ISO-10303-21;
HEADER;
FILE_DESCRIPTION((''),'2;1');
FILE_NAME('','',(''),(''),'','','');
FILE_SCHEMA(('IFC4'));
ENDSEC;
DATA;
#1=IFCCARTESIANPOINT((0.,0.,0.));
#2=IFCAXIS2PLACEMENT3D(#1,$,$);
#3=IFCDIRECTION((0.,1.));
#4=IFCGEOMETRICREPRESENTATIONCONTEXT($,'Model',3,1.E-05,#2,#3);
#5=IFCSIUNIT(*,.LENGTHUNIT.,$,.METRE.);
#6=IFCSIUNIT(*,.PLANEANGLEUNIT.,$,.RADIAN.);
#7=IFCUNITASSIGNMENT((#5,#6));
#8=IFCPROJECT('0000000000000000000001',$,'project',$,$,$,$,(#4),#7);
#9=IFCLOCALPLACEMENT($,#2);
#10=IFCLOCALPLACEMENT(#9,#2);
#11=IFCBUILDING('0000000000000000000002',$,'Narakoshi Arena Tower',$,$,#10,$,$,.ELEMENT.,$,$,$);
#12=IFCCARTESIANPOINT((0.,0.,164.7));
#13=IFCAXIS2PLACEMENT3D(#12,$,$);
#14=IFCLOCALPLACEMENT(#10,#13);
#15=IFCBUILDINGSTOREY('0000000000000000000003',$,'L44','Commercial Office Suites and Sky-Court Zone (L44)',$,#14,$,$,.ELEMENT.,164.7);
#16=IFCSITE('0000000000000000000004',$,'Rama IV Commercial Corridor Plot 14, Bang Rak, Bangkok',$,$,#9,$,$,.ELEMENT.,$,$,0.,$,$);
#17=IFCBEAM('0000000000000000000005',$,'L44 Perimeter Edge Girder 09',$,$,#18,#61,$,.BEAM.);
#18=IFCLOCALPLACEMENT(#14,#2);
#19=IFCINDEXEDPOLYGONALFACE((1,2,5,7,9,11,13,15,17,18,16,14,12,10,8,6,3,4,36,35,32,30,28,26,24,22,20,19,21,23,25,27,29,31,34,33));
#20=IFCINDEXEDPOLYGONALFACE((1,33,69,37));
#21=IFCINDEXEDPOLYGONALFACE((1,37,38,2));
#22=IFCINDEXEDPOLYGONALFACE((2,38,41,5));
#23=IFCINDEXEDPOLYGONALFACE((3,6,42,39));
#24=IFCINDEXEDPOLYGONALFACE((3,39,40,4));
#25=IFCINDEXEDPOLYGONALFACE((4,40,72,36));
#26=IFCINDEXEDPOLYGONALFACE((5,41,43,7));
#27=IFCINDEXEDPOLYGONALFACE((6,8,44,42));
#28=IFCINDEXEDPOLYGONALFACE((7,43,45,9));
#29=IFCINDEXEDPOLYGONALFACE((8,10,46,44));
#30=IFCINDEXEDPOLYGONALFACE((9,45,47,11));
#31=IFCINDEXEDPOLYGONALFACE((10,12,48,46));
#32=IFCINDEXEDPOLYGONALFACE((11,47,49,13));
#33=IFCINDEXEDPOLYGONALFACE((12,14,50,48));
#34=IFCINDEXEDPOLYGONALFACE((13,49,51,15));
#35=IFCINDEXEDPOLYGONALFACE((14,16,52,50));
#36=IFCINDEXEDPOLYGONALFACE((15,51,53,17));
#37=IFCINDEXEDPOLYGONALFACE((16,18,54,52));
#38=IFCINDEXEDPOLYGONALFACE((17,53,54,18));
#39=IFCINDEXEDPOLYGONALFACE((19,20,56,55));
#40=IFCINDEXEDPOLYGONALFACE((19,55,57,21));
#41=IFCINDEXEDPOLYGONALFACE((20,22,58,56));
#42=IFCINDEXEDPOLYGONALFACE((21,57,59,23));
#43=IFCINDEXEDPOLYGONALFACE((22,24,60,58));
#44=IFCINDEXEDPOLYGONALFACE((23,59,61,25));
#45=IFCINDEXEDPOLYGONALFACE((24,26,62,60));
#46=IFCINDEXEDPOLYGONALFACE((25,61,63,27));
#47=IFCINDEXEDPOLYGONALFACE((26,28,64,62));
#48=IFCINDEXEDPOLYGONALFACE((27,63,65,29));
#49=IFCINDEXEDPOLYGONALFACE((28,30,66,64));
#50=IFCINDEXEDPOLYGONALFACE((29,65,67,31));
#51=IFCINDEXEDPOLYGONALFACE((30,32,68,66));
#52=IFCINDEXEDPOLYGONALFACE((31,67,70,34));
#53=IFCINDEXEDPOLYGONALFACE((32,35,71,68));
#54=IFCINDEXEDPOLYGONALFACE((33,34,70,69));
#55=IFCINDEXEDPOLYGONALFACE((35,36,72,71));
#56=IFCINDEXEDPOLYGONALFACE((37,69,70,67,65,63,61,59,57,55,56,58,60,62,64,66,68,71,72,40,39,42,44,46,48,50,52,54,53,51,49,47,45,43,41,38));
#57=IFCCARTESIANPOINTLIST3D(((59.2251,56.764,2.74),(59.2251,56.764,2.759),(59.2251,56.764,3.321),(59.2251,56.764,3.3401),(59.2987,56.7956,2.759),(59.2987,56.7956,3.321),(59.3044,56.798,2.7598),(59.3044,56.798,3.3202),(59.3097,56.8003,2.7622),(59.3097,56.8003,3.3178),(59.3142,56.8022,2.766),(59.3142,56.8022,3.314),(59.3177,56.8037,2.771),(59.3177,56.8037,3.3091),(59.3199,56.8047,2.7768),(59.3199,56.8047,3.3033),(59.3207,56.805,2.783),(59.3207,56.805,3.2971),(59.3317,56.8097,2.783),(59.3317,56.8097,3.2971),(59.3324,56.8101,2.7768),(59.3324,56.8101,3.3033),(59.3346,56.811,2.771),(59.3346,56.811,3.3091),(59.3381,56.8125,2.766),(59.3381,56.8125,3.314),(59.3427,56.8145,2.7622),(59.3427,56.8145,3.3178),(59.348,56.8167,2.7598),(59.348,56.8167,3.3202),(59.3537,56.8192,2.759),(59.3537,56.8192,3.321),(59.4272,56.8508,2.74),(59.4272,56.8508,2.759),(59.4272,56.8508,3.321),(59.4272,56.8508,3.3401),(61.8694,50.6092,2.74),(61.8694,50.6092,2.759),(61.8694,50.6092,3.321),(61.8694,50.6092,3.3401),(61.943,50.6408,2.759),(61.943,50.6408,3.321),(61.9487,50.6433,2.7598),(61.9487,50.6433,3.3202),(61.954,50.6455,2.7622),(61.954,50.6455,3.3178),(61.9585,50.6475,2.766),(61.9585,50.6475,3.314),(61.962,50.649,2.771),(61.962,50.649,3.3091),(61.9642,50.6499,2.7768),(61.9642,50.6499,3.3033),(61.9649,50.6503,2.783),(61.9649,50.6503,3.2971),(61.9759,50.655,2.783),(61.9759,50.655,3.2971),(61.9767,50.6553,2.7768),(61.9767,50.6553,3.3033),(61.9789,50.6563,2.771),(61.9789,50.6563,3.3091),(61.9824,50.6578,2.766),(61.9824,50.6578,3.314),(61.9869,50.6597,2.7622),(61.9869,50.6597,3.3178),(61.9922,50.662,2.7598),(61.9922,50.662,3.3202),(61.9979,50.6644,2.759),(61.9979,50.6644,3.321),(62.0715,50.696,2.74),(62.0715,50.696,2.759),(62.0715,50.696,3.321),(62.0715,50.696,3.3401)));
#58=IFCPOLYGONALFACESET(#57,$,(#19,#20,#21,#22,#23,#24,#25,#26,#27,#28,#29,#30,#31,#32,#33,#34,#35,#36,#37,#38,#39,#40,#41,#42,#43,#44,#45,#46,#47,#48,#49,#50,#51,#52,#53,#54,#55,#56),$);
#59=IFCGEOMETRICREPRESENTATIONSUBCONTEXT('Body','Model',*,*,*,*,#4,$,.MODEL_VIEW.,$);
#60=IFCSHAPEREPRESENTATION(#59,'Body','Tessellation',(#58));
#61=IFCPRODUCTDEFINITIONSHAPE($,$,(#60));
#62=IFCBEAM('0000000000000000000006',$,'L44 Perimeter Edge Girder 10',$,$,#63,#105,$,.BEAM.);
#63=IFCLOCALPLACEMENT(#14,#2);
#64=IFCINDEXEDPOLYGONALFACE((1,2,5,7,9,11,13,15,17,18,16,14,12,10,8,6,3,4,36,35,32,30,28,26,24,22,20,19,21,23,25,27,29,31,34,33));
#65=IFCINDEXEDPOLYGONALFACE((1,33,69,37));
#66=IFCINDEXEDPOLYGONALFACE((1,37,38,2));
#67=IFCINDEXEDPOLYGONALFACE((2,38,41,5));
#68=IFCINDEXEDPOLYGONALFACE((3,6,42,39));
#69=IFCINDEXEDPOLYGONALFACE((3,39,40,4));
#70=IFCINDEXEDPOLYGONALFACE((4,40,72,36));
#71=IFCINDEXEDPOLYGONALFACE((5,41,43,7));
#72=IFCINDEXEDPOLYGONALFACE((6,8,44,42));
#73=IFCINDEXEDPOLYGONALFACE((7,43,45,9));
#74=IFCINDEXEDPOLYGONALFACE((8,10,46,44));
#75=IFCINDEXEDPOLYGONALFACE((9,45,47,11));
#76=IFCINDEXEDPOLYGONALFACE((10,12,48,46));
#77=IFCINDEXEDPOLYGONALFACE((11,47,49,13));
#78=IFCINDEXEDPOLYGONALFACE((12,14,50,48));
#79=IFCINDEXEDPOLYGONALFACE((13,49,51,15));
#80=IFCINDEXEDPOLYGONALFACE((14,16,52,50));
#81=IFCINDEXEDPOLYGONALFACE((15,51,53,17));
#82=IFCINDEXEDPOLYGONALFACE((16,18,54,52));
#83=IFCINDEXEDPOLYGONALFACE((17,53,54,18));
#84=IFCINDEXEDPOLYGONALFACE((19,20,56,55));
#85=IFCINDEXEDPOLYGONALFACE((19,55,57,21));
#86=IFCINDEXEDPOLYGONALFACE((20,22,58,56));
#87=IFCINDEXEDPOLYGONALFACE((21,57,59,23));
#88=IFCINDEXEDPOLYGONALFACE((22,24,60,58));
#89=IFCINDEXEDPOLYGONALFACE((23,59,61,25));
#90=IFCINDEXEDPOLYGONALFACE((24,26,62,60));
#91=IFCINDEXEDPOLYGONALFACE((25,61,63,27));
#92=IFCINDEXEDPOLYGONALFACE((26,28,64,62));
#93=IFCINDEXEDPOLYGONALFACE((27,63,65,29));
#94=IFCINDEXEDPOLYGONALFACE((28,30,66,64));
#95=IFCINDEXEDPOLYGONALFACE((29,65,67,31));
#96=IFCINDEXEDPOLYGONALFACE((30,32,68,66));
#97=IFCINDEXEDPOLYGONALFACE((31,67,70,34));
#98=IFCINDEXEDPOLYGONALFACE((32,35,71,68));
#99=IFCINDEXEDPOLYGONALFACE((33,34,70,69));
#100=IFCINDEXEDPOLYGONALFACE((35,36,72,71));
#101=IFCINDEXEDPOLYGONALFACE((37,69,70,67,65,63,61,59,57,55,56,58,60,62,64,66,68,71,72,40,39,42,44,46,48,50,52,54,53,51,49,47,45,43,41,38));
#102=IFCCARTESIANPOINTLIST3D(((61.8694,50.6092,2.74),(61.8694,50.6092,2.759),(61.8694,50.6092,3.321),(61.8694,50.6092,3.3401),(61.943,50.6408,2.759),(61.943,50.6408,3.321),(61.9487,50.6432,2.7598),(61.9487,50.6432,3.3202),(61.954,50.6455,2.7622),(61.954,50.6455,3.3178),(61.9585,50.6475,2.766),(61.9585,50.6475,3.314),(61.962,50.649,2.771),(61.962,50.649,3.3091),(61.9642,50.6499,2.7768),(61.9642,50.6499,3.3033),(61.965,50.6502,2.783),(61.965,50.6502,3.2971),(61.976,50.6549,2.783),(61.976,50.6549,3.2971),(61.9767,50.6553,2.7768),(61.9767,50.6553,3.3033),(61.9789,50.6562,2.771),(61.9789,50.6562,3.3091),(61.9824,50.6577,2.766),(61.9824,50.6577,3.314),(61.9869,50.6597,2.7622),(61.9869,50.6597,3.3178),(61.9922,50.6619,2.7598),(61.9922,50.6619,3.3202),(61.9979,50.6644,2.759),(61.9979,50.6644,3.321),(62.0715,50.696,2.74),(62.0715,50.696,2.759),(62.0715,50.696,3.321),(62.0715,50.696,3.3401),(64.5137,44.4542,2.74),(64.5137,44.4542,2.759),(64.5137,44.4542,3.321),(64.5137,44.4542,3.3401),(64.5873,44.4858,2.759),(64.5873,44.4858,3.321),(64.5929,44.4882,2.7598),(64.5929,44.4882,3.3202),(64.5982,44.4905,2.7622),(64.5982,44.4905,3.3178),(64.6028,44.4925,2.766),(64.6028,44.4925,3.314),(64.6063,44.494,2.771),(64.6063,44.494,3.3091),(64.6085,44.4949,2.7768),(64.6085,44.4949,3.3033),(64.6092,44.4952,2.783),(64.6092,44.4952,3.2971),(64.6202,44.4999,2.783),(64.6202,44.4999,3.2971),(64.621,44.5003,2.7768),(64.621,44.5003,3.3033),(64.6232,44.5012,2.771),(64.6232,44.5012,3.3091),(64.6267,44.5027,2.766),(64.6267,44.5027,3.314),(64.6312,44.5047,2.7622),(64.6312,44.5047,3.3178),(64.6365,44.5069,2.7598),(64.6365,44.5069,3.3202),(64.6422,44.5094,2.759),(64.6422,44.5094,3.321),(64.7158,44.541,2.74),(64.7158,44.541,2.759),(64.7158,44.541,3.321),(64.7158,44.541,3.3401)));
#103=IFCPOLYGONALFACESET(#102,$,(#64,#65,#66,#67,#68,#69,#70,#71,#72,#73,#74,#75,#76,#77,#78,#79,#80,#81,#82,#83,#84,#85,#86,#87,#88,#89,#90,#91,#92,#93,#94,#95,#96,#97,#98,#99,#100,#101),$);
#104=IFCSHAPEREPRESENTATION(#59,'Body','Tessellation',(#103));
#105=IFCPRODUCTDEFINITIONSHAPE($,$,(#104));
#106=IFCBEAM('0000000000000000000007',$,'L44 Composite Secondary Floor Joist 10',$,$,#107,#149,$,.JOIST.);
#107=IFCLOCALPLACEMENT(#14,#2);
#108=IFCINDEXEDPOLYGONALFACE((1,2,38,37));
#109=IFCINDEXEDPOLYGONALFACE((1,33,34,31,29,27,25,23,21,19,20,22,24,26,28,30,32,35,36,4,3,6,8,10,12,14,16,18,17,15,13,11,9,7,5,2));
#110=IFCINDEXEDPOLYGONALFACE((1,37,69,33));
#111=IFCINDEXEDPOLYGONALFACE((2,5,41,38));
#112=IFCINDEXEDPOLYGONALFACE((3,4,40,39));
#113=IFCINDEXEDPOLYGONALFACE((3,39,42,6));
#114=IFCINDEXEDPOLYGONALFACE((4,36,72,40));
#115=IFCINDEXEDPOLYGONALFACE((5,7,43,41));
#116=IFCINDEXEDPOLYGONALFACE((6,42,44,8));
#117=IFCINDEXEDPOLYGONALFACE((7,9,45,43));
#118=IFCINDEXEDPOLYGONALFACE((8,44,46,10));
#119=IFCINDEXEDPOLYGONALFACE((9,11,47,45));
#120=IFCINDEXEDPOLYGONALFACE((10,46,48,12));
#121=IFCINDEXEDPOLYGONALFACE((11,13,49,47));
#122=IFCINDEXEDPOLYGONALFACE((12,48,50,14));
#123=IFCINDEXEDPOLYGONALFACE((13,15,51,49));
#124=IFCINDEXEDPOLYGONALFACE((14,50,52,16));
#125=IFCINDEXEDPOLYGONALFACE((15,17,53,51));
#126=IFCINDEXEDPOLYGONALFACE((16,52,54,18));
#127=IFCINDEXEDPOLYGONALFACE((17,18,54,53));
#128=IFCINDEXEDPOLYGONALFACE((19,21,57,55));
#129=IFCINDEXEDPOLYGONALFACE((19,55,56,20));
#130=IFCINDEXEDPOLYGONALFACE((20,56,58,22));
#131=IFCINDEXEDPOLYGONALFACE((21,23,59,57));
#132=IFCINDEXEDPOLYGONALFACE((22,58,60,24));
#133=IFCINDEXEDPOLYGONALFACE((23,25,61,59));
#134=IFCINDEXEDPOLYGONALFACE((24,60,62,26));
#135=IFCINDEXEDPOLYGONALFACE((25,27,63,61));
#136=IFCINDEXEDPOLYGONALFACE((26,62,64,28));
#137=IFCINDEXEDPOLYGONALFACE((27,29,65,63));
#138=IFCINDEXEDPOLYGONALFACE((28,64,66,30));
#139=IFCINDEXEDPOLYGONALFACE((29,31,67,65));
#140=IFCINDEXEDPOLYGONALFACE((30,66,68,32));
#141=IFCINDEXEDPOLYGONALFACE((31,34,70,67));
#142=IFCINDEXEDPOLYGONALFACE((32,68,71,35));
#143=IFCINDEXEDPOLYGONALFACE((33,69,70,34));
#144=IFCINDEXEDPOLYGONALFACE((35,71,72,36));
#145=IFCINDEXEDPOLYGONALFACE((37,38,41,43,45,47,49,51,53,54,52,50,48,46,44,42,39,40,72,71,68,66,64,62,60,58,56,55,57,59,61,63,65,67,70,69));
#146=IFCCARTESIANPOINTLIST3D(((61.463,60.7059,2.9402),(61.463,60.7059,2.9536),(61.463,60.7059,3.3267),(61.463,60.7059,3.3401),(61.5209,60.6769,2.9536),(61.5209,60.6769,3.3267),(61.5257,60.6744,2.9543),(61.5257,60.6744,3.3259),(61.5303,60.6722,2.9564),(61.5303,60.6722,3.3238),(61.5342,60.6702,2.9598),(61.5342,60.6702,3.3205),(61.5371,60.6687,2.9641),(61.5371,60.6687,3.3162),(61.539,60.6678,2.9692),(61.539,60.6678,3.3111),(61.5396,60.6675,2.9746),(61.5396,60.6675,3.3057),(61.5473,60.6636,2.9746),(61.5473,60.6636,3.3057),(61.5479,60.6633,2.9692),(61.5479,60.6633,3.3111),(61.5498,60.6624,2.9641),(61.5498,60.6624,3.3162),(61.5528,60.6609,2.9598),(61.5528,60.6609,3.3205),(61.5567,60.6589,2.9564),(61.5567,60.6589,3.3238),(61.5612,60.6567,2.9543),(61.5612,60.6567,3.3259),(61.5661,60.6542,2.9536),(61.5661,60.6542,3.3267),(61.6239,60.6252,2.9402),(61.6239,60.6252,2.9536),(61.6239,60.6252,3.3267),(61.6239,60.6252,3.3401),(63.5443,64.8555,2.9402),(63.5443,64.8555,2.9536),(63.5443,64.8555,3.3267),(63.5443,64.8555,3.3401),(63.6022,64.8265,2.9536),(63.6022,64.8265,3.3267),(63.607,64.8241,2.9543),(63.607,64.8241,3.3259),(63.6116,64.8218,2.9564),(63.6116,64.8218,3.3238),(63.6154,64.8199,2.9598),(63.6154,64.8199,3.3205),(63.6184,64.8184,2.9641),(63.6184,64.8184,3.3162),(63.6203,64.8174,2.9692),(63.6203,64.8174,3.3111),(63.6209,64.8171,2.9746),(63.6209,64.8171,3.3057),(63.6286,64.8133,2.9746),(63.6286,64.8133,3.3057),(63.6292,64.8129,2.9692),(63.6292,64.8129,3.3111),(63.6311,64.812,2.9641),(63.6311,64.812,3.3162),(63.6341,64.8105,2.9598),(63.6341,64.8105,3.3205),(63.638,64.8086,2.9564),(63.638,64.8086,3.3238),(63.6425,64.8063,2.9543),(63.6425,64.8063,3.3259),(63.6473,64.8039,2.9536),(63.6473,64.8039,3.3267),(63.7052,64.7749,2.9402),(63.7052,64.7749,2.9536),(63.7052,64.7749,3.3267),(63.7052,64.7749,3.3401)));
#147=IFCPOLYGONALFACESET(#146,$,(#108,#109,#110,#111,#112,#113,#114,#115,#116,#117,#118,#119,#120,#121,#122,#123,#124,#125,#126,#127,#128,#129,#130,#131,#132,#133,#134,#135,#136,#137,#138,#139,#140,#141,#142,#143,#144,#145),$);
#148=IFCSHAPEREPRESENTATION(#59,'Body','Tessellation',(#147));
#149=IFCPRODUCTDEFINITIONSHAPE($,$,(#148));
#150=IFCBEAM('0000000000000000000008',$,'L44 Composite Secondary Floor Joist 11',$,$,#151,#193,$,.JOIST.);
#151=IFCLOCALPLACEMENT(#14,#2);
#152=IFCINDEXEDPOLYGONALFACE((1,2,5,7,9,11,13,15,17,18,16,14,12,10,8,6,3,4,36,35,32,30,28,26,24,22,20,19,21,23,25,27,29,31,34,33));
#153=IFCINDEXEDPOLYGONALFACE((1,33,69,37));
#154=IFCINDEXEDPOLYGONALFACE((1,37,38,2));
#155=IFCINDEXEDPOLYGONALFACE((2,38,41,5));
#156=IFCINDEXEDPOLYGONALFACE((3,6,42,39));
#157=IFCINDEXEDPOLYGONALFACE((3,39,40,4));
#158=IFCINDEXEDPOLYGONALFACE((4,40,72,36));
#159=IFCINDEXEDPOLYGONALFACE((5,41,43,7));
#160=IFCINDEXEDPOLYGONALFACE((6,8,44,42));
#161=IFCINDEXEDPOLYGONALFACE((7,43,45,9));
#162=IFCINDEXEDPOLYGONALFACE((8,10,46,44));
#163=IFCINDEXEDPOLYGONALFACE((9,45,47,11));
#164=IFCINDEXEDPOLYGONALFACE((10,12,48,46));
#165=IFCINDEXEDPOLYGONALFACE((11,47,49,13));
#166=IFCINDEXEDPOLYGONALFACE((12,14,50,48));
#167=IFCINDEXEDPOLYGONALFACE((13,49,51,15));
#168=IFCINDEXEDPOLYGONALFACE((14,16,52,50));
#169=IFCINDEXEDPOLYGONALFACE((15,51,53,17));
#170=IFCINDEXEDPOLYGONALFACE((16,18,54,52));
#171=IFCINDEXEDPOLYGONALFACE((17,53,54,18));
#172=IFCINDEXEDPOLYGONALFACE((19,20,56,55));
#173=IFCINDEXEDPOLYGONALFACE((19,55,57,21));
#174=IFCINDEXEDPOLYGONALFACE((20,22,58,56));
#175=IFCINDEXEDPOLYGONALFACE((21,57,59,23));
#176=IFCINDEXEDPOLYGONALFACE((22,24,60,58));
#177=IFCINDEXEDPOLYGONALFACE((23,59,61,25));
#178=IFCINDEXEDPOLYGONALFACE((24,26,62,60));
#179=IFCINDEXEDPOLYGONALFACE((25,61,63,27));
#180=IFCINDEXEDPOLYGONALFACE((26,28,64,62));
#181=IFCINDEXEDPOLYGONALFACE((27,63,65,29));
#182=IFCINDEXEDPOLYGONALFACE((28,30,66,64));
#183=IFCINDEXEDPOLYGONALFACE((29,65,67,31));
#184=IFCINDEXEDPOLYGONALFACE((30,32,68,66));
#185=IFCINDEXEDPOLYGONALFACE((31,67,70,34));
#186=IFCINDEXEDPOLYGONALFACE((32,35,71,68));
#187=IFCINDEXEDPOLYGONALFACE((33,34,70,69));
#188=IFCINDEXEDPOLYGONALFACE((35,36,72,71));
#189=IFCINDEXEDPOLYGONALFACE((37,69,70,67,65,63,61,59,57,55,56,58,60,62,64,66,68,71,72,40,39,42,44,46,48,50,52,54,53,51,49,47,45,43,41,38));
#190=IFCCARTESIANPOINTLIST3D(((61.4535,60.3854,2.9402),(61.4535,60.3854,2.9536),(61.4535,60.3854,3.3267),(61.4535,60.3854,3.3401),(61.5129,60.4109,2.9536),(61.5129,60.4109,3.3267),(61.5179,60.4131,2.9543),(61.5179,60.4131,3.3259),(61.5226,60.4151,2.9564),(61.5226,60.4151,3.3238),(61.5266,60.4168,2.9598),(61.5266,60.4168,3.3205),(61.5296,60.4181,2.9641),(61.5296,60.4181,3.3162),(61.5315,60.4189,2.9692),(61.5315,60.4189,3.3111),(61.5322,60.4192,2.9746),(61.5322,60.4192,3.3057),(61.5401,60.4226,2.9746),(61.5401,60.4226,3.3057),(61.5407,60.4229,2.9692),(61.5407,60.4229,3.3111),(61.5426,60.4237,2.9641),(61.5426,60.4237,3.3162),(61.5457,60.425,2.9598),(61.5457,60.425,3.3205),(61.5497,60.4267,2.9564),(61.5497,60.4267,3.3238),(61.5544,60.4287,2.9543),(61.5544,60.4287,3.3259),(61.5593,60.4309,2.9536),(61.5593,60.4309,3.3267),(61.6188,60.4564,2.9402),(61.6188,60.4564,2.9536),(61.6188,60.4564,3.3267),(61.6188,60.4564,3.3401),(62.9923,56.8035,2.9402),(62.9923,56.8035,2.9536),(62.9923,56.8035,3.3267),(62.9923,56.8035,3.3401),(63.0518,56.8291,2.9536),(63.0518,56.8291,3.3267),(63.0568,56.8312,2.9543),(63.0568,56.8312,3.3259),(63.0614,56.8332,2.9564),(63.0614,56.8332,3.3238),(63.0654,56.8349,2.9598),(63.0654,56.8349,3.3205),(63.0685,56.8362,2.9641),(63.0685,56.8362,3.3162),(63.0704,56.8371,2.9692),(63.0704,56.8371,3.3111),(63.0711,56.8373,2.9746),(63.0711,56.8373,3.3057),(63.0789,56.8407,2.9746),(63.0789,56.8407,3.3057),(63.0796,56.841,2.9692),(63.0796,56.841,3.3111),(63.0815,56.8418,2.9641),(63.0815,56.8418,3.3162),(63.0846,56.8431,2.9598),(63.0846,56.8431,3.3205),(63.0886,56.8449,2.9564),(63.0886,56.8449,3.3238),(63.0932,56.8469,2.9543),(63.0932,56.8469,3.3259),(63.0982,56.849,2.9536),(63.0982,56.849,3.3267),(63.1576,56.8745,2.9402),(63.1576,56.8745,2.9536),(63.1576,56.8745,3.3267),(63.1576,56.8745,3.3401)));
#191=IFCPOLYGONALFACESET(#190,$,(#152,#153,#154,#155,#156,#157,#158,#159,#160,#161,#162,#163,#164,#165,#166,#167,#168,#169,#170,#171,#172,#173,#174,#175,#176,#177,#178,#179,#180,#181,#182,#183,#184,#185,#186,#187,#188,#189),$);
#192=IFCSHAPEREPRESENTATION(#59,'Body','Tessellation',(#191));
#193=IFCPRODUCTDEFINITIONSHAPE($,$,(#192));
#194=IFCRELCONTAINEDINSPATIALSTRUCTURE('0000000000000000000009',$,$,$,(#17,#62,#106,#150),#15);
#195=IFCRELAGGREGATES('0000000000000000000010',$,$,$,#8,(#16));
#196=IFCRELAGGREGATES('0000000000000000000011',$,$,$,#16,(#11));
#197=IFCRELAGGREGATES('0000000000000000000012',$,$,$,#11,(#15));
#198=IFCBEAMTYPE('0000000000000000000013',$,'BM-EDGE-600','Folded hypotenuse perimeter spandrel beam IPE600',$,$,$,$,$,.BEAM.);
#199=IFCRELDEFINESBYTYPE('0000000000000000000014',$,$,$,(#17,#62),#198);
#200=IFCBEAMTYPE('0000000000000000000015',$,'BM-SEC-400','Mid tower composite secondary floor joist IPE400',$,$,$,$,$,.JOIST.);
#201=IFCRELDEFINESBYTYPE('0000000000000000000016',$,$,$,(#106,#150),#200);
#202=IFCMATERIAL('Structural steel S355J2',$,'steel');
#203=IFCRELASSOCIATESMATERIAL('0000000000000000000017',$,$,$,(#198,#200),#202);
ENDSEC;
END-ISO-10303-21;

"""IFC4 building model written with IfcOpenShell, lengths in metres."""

from ifc_helpers import new_model, si_unit, direction, frame, origin, origin_2d, place, context, subcontext, project, spatial, i_section, extrude, material, material_profile, profile_set, type_object, element, save


model = new_model("IFC4")

# Units and contexts
model_context = context("Model", 3, precision=1e-05, world=origin(), true_north=direction((0.0, 1.0)))
body_context = subcontext(model_context, "Body", "Model", "MODEL_VIEW")
ifc_project = project(units=[si_unit("LENGTHUNIT", "METRE"), si_unit("PLANEANGLEUNIT", "RADIAN")], contexts=[model_context])

# Site, building, storey
site_placement = place(None, origin())
site = spatial("IfcSite", under=ifc_project, at=site_placement, Name="Rama IV Commercial Corridor Plot 14, Bang Rak, Bangkok", CompositionType="ELEMENT", RefElevation=0.0)
building_placement = place(site_placement, origin())
building = spatial("IfcBuilding", under=site, at=building_placement, Name="Narakoshi Arena Tower", CompositionType="ELEMENT")
storey_placement = place(building_placement, frame((0.0, 0.0, 164.7)))
storey = spatial("IfcBuildingStorey", under=building, at=storey_placement, Name="L44", Description="Commercial Office Suites and Sky-Court Zone (L44)", CompositionType="ELEMENT", Elevation=164.7)

# Beams
ifc_material_1 = material(Name="Structural steel S355J2", Category="steel")
ifc_material_profile_1 = material_profile(ifc_material_1, i_section(OverallWidth=0.22, OverallDepth=0.6001, WebThickness=0.012, FlangeThickness=0.019, FilletRadius=0.0239, at=origin_2d()), Name="IPE600")
ifc_profile_set_1 = profile_set([ifc_material_profile_1], Name="Structural steel S355J2")
beam_type_1 = type_object("IfcBeamType", Name="BM-EDGE-600", Description="Folded hypotenuse perimeter spandrel beam IPE600", PredefinedType="BEAM", material=ifc_profile_set_1)
beam_1_placement = place(storey_placement, frame((59.3262, 56.8074, 3.04), z_axis=(0.394742, -0.918792, 0.0), x_axis=(0.918792, 0.394742, 0.0)))
element("IfcBeam", 1, at=beam_1_placement, inside=storey, type_object=beam_type_1, Name="L44 Perimeter Edge Girder 09", PredefinedType="BEAM", context=body_context, shape_type="SweptSolid", body=[
    extrude(i_section(OverallWidth=0.22, OverallDepth=0.6001, WebThickness=0.012, FlangeThickness=0.019, FilletRadius=0.0239, at=origin_2d()), origin(), (0.0, 0.0, 1.0), 6.6987),
])
beam_2_placement = place(storey_placement, frame((61.9705, 50.6526, 3.04), z_axis=(0.394728, -0.918798, 0.0), x_axis=(0.918798, 0.394728, 0.0)))
element("IfcBeam", 2, at=beam_2_placement, inside=storey, type_object=beam_type_1, Name="L44 Perimeter Edge Girder 10", PredefinedType="BEAM", context=body_context, shape_type="SweptSolid", body=[
    extrude(i_section(OverallWidth=0.22, OverallDepth=0.6001, WebThickness=0.012, FlangeThickness=0.019, FilletRadius=0.0239, at=origin_2d()), origin(), (0.0, 0.0, 1.0), 6.699),
])
ifc_material_profile_2 = material_profile(ifc_material_1, i_section(OverallWidth=0.1799, OverallDepth=0.3999, WebThickness=0.0085, FlangeThickness=0.0134, FilletRadius=0.021, at=origin_2d()), Name="IPE400")
ifc_profile_set_2 = profile_set([ifc_material_profile_2], Name="Structural steel S355J2")
beam_type_2 = type_object("IfcBeamType", Name="BM-SEC-400", Description="Mid tower composite secondary floor joist IPE400", PredefinedType="JOIST", material=ifc_profile_set_2)
beam_3_placement = place(storey_placement, frame((63.6248, 64.8152, 3.1401), z_axis=(-0.448328, -0.893869, 0.0), x_axis=(0.893869, -0.448328, 0.0)))
element("IfcBeam", 3, at=beam_3_placement, inside=storey, type_object=beam_type_2, Name="L44 Composite Secondary Floor Joist 10", PredefinedType="JOIST", context=body_context, shape_type="SweptSolid", body=[
    extrude(i_section(OverallWidth=0.1799, OverallDepth=0.3999, WebThickness=0.0085, FlangeThickness=0.0134, FilletRadius=0.021, at=origin_2d()), origin(), (0.0, 0.0, 1.0), 4.6423),
])
beam_4_placement = place(storey_placement, frame((61.5361, 60.4209, 3.1401), z_axis=(0.394735, -0.918795, 0.0), x_axis=(0.918795, 0.394735, 0.0)))
element("IfcBeam", 4, at=beam_4_placement, inside=storey, type_object=beam_type_2, Name="L44 Composite Secondary Floor Joist 11", PredefinedType="JOIST", context=body_context, shape_type="SweptSolid", body=[
    extrude(i_section(OverallWidth=0.1799, OverallDepth=0.3999, WebThickness=0.0085, FlangeThickness=0.0134, FilletRadius=0.021, at=origin_2d()), origin(), (0.0, 0.0, 1.0), 3.8984),
])

save(model, "model.ifc")
